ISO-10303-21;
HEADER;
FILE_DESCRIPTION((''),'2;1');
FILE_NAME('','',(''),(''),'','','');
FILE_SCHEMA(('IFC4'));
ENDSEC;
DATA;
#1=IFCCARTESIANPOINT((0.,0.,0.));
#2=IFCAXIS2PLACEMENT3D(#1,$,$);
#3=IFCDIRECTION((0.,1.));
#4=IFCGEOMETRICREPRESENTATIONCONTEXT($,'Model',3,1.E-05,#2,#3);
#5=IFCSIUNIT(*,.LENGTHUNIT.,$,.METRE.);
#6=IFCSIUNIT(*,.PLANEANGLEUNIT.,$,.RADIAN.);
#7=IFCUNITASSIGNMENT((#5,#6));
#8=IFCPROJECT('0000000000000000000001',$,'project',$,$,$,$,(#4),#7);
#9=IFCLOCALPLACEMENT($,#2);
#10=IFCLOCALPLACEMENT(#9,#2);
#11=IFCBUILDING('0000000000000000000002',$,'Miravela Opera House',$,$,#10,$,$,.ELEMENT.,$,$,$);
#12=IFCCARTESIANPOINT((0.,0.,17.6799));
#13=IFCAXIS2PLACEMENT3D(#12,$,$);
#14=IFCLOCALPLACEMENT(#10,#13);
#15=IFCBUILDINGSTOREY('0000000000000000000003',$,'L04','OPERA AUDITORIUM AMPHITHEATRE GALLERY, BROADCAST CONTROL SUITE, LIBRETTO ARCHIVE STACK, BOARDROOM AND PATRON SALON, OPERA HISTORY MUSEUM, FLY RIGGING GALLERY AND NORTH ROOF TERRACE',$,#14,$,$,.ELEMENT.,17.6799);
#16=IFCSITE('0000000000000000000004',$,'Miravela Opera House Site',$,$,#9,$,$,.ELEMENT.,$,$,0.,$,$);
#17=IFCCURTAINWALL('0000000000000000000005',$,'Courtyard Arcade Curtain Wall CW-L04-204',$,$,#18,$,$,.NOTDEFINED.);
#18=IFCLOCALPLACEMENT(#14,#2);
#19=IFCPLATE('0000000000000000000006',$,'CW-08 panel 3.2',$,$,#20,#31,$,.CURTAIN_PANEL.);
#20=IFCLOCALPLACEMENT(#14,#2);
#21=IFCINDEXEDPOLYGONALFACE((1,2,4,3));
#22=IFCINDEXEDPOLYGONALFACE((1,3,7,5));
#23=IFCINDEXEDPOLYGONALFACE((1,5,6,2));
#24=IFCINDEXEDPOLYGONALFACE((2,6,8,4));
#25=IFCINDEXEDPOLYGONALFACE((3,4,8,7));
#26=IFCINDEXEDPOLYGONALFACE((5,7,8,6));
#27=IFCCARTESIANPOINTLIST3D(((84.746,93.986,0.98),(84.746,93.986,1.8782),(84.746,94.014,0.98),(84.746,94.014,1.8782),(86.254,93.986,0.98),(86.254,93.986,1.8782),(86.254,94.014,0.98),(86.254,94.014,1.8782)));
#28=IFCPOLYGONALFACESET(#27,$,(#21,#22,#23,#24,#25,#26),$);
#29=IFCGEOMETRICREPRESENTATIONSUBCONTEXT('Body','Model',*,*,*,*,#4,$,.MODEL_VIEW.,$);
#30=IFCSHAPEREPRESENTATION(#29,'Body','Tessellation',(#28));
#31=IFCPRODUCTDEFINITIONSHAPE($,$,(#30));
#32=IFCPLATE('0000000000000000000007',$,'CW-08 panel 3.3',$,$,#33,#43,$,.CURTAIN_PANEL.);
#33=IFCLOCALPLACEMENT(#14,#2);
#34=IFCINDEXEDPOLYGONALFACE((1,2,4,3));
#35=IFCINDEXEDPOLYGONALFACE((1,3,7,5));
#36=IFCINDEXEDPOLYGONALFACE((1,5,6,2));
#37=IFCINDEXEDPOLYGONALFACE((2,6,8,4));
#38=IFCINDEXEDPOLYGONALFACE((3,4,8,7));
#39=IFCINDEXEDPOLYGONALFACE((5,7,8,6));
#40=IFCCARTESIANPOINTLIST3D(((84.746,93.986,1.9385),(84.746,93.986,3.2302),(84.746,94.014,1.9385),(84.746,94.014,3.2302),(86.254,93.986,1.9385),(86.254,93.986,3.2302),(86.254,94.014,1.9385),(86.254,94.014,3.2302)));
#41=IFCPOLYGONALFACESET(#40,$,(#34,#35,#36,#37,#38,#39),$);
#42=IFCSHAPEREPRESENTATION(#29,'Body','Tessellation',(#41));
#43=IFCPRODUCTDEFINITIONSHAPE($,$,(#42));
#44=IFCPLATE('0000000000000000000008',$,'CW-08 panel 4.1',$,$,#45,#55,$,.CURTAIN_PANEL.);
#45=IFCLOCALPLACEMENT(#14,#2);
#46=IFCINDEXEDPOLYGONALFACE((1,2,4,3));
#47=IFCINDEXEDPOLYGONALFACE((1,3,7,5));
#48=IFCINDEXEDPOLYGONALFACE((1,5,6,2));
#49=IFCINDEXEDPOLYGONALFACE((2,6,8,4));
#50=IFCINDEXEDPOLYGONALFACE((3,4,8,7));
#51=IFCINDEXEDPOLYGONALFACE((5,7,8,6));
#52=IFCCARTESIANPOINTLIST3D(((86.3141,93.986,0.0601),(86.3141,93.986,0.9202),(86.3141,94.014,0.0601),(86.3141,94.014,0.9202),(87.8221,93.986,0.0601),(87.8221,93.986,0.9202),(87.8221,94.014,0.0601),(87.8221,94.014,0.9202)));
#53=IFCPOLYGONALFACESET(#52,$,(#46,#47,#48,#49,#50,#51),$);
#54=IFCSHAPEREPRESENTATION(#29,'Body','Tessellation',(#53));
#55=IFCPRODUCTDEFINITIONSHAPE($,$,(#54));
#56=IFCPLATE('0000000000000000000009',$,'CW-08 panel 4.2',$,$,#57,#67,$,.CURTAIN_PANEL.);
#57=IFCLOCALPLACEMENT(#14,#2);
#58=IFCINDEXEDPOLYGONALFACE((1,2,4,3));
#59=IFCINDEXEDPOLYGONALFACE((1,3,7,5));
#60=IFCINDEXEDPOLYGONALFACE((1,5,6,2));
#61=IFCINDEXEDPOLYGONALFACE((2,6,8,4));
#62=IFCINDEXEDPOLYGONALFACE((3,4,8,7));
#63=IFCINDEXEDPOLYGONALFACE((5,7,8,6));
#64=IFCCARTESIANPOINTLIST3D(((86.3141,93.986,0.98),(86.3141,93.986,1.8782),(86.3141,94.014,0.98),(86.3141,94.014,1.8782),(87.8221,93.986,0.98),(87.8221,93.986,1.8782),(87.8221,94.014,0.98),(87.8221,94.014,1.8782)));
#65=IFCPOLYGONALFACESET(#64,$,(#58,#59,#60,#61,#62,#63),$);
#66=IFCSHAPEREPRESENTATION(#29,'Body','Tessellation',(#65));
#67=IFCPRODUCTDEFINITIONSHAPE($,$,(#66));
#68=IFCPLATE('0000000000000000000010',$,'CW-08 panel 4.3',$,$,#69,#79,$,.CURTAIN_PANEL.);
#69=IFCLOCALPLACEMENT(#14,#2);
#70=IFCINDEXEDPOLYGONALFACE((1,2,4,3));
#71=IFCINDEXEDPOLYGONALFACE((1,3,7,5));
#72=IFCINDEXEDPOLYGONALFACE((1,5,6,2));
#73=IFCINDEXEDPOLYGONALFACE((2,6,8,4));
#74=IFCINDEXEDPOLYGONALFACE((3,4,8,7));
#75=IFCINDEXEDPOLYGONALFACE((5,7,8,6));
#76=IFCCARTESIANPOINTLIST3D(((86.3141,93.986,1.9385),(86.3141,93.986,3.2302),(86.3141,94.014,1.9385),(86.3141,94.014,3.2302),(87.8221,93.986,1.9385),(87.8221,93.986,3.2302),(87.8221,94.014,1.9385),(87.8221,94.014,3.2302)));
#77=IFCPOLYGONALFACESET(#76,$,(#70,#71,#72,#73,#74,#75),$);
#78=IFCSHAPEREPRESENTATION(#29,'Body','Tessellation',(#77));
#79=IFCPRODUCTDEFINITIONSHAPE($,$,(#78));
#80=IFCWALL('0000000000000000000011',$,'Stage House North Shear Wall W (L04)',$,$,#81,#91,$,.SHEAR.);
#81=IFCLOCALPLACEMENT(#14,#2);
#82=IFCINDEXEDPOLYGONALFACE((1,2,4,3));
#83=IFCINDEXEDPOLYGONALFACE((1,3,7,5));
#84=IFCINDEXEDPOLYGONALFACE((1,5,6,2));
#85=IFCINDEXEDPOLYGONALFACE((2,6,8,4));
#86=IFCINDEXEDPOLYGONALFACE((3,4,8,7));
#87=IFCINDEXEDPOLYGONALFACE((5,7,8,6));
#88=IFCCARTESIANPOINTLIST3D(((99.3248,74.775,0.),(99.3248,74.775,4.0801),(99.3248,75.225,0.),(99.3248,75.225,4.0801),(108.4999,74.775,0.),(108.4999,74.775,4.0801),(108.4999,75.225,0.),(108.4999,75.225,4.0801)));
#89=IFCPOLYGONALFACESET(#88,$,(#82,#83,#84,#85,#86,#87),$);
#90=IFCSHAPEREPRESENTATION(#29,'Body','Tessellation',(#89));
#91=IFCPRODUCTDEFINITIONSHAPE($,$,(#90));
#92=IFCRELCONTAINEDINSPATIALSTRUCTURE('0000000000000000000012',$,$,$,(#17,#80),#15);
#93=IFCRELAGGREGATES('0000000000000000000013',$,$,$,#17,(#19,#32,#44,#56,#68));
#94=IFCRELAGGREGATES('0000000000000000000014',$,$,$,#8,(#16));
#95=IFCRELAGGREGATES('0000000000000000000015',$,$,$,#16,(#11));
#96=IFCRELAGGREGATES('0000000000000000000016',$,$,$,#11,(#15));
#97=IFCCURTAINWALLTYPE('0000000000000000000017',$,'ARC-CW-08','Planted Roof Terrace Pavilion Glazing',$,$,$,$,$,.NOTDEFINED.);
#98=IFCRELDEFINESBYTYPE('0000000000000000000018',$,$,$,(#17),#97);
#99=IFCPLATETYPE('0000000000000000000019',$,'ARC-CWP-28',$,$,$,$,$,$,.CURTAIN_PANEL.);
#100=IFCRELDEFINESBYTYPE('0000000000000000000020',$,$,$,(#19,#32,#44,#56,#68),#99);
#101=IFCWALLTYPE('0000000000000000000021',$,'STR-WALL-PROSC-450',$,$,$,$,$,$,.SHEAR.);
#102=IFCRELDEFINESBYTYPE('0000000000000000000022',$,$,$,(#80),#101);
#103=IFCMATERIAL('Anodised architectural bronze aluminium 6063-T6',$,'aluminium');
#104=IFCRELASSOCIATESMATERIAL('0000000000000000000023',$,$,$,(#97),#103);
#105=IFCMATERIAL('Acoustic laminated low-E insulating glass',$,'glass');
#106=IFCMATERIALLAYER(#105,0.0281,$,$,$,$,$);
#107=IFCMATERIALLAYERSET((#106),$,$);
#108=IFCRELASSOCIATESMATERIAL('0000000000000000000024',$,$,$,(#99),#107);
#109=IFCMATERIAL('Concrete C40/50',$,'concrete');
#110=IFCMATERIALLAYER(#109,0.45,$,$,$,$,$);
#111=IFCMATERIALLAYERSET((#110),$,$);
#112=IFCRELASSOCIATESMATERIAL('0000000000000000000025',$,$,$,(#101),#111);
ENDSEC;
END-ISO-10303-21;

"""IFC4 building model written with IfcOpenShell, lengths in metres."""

from ifc_helpers import new_model, si_unit, direction, frame, frame_2d, origin, origin_2d, place, context, subcontext, project, spatial, rectangle, extrude, material, layer, layer_set, type_object, element, aggregate, save


model = new_model("IFC4")

# Units and contexts
model_context = context("Model", 3, precision=1e-05, world=origin(), true_north=direction((0.0, 1.0)))
body_context = subcontext(model_context, "Body", "Model", "MODEL_VIEW")
ifc_project = project(units=[si_unit("LENGTHUNIT", "METRE"), si_unit("PLANEANGLEUNIT", "RADIAN")], contexts=[model_context])

# Site, building, storey
site_placement = place(None, origin())
site = spatial("IfcSite", under=ifc_project, at=site_placement, Name="Miravela Opera House Site", CompositionType="ELEMENT", RefElevation=0.0)
building_placement = place(site_placement, origin())
building = spatial("IfcBuilding", under=site, at=building_placement, Name="Miravela Opera House", CompositionType="ELEMENT")
storey_placement = place(building_placement, frame((0.0, 0.0, 17.6799)))
storey = spatial("IfcBuildingStorey", under=building, at=storey_placement, Name="L04", Description="OPERA AUDITORIUM AMPHITHEATRE GALLERY, BROADCAST CONTROL SUITE, LIBRETTO ARCHIVE STACK, BOARDROOM AND PATRON SALON, OPERA HISTORY MUSEUM, FLY RIGGING GALLERY AND NORTH ROOF TERRACE", CompositionType="ELEMENT", Elevation=17.6799)

# Curtain wall
ifc_material_1 = material(Name="Anodised architectural bronze aluminium 6063-T6", Category="aluminium")
curtain_wall_type = type_object("IfcCurtainWallType", Name="ARC-CW-08", Description="Planted Roof Terrace Pavilion Glazing", PredefinedType="NOTDEFINED", material=ifc_material_1)
curtain_wall_placement = place(storey_placement, origin())
curtain_wall = element("IfcCurtainWall", 1, at=curtain_wall_placement, inside=storey, type_object=curtain_wall_type, Name="Courtyard Arcade Curtain Wall CW-L04-204", PredefinedType="NOTDEFINED")

# Shared definitions
ifc_material_2 = material(Name="Concrete C40/50", Category="concrete")

# Plates
ifc_material_3 = material(Name="Acoustic laminated low-E insulating glass", Category="glass")
ifc_layer_1 = layer(ifc_material_3, 0.0281)
ifc_layer_set_1 = layer_set([ifc_layer_1])
plate_type = type_object("IfcPlateType", Name="ARC-CWP-28", PredefinedType="CURTAIN_PANEL", material=ifc_layer_set_1)
plate_1_placement = place(storey_placement, frame((85.5, 94.0, 0.98), z_axis=(0.0, 0.0, 1.0), x_axis=(1.0, 0.0, 0.0)))
plate_1 = element("IfcPlate", 2, at=plate_1_placement, type_object=plate_type, Name="CW-08 panel 3.2", PredefinedType="CURTAIN_PANEL", context=body_context, shape_type="SweptSolid", body=[
    extrude(rectangle(XDim=1.5081, YDim=0.0281, at=origin_2d()), origin(), (0.0, 0.0, 1.0), 0.8982),
])
plate_2_placement = place(storey_placement, frame((85.5, 94.0, 1.9385), z_axis=(0.0, 0.0, 1.0), x_axis=(1.0, 0.0, 0.0)))
plate_2 = element("IfcPlate", 3, at=plate_2_placement, type_object=plate_type, Name="CW-08 panel 3.3", PredefinedType="CURTAIN_PANEL", context=body_context, shape_type="SweptSolid", body=[
    extrude(rectangle(XDim=1.5081, YDim=0.0281, at=origin_2d()), origin(), (0.0, 0.0, 1.0), 1.2917),
])
plate_3_placement = place(storey_placement, frame((87.0681, 94.0, 0.0601), z_axis=(0.0, 0.0, 1.0), x_axis=(1.0, 0.0, 0.0)))
plate_3 = element("IfcPlate", 4, at=plate_3_placement, type_object=plate_type, Name="CW-08 panel 4.1", PredefinedType="CURTAIN_PANEL", context=body_context, shape_type="SweptSolid", body=[
    extrude(rectangle(XDim=1.5081, YDim=0.0281, at=origin_2d()), origin(), (0.0, 0.0, 1.0), 0.8601),
])
plate_4_placement = place(storey_placement, frame((87.0681, 94.0, 0.98), z_axis=(0.0, 0.0, 1.0), x_axis=(1.0, 0.0, 0.0)))
plate_4 = element("IfcPlate", 5, at=plate_4_placement, type_object=plate_type, Name="CW-08 panel 4.2", PredefinedType="CURTAIN_PANEL", context=body_context, shape_type="SweptSolid", body=[
    extrude(rectangle(XDim=1.5081, YDim=0.0281, at=origin_2d()), origin(), (0.0, 0.0, 1.0), 0.8982),
])
plate_5_placement = place(storey_placement, frame((87.0681, 94.0, 1.9385), z_axis=(0.0, 0.0, 1.0), x_axis=(1.0, 0.0, 0.0)))
plate_5 = element("IfcPlate", 6, at=plate_5_placement, type_object=plate_type, Name="CW-08 panel 4.3", PredefinedType="CURTAIN_PANEL", context=body_context, shape_type="SweptSolid", body=[
    extrude(rectangle(XDim=1.5081, YDim=0.0281, at=origin_2d()), origin(), (0.0, 0.0, 1.0), 1.2917),
])
aggregate(curtain_wall, [plate_1, plate_2, plate_3, plate_4, plate_5])

# Wall
ifc_layer_2 = layer(ifc_material_2, 0.45)
ifc_layer_set_2 = layer_set([ifc_layer_2])
wall_type = type_object("IfcWallType", Name="STR-WALL-PROSC-450", PredefinedType="SHEAR", material=ifc_layer_set_2)
wall_placement = place(storey_placement, frame((99.325, 75.0, 0.0), z_axis=(0.0, 0.0, 1.0), x_axis=(1.0, 0.0, 0.0)))
element("IfcWall", 7, at=wall_placement, inside=storey, type_object=wall_type, Name="Stage House North Shear Wall W (L04)", PredefinedType="SHEAR", context=body_context, shape_type="SweptSolid", body=[
    extrude(rectangle(XDim=9.175, YDim=0.45, at=frame_2d((4.5874, 0.0))), origin(), (0.0, 0.0, 1.0), 4.0801),
])

save(model, "model.ifc")
